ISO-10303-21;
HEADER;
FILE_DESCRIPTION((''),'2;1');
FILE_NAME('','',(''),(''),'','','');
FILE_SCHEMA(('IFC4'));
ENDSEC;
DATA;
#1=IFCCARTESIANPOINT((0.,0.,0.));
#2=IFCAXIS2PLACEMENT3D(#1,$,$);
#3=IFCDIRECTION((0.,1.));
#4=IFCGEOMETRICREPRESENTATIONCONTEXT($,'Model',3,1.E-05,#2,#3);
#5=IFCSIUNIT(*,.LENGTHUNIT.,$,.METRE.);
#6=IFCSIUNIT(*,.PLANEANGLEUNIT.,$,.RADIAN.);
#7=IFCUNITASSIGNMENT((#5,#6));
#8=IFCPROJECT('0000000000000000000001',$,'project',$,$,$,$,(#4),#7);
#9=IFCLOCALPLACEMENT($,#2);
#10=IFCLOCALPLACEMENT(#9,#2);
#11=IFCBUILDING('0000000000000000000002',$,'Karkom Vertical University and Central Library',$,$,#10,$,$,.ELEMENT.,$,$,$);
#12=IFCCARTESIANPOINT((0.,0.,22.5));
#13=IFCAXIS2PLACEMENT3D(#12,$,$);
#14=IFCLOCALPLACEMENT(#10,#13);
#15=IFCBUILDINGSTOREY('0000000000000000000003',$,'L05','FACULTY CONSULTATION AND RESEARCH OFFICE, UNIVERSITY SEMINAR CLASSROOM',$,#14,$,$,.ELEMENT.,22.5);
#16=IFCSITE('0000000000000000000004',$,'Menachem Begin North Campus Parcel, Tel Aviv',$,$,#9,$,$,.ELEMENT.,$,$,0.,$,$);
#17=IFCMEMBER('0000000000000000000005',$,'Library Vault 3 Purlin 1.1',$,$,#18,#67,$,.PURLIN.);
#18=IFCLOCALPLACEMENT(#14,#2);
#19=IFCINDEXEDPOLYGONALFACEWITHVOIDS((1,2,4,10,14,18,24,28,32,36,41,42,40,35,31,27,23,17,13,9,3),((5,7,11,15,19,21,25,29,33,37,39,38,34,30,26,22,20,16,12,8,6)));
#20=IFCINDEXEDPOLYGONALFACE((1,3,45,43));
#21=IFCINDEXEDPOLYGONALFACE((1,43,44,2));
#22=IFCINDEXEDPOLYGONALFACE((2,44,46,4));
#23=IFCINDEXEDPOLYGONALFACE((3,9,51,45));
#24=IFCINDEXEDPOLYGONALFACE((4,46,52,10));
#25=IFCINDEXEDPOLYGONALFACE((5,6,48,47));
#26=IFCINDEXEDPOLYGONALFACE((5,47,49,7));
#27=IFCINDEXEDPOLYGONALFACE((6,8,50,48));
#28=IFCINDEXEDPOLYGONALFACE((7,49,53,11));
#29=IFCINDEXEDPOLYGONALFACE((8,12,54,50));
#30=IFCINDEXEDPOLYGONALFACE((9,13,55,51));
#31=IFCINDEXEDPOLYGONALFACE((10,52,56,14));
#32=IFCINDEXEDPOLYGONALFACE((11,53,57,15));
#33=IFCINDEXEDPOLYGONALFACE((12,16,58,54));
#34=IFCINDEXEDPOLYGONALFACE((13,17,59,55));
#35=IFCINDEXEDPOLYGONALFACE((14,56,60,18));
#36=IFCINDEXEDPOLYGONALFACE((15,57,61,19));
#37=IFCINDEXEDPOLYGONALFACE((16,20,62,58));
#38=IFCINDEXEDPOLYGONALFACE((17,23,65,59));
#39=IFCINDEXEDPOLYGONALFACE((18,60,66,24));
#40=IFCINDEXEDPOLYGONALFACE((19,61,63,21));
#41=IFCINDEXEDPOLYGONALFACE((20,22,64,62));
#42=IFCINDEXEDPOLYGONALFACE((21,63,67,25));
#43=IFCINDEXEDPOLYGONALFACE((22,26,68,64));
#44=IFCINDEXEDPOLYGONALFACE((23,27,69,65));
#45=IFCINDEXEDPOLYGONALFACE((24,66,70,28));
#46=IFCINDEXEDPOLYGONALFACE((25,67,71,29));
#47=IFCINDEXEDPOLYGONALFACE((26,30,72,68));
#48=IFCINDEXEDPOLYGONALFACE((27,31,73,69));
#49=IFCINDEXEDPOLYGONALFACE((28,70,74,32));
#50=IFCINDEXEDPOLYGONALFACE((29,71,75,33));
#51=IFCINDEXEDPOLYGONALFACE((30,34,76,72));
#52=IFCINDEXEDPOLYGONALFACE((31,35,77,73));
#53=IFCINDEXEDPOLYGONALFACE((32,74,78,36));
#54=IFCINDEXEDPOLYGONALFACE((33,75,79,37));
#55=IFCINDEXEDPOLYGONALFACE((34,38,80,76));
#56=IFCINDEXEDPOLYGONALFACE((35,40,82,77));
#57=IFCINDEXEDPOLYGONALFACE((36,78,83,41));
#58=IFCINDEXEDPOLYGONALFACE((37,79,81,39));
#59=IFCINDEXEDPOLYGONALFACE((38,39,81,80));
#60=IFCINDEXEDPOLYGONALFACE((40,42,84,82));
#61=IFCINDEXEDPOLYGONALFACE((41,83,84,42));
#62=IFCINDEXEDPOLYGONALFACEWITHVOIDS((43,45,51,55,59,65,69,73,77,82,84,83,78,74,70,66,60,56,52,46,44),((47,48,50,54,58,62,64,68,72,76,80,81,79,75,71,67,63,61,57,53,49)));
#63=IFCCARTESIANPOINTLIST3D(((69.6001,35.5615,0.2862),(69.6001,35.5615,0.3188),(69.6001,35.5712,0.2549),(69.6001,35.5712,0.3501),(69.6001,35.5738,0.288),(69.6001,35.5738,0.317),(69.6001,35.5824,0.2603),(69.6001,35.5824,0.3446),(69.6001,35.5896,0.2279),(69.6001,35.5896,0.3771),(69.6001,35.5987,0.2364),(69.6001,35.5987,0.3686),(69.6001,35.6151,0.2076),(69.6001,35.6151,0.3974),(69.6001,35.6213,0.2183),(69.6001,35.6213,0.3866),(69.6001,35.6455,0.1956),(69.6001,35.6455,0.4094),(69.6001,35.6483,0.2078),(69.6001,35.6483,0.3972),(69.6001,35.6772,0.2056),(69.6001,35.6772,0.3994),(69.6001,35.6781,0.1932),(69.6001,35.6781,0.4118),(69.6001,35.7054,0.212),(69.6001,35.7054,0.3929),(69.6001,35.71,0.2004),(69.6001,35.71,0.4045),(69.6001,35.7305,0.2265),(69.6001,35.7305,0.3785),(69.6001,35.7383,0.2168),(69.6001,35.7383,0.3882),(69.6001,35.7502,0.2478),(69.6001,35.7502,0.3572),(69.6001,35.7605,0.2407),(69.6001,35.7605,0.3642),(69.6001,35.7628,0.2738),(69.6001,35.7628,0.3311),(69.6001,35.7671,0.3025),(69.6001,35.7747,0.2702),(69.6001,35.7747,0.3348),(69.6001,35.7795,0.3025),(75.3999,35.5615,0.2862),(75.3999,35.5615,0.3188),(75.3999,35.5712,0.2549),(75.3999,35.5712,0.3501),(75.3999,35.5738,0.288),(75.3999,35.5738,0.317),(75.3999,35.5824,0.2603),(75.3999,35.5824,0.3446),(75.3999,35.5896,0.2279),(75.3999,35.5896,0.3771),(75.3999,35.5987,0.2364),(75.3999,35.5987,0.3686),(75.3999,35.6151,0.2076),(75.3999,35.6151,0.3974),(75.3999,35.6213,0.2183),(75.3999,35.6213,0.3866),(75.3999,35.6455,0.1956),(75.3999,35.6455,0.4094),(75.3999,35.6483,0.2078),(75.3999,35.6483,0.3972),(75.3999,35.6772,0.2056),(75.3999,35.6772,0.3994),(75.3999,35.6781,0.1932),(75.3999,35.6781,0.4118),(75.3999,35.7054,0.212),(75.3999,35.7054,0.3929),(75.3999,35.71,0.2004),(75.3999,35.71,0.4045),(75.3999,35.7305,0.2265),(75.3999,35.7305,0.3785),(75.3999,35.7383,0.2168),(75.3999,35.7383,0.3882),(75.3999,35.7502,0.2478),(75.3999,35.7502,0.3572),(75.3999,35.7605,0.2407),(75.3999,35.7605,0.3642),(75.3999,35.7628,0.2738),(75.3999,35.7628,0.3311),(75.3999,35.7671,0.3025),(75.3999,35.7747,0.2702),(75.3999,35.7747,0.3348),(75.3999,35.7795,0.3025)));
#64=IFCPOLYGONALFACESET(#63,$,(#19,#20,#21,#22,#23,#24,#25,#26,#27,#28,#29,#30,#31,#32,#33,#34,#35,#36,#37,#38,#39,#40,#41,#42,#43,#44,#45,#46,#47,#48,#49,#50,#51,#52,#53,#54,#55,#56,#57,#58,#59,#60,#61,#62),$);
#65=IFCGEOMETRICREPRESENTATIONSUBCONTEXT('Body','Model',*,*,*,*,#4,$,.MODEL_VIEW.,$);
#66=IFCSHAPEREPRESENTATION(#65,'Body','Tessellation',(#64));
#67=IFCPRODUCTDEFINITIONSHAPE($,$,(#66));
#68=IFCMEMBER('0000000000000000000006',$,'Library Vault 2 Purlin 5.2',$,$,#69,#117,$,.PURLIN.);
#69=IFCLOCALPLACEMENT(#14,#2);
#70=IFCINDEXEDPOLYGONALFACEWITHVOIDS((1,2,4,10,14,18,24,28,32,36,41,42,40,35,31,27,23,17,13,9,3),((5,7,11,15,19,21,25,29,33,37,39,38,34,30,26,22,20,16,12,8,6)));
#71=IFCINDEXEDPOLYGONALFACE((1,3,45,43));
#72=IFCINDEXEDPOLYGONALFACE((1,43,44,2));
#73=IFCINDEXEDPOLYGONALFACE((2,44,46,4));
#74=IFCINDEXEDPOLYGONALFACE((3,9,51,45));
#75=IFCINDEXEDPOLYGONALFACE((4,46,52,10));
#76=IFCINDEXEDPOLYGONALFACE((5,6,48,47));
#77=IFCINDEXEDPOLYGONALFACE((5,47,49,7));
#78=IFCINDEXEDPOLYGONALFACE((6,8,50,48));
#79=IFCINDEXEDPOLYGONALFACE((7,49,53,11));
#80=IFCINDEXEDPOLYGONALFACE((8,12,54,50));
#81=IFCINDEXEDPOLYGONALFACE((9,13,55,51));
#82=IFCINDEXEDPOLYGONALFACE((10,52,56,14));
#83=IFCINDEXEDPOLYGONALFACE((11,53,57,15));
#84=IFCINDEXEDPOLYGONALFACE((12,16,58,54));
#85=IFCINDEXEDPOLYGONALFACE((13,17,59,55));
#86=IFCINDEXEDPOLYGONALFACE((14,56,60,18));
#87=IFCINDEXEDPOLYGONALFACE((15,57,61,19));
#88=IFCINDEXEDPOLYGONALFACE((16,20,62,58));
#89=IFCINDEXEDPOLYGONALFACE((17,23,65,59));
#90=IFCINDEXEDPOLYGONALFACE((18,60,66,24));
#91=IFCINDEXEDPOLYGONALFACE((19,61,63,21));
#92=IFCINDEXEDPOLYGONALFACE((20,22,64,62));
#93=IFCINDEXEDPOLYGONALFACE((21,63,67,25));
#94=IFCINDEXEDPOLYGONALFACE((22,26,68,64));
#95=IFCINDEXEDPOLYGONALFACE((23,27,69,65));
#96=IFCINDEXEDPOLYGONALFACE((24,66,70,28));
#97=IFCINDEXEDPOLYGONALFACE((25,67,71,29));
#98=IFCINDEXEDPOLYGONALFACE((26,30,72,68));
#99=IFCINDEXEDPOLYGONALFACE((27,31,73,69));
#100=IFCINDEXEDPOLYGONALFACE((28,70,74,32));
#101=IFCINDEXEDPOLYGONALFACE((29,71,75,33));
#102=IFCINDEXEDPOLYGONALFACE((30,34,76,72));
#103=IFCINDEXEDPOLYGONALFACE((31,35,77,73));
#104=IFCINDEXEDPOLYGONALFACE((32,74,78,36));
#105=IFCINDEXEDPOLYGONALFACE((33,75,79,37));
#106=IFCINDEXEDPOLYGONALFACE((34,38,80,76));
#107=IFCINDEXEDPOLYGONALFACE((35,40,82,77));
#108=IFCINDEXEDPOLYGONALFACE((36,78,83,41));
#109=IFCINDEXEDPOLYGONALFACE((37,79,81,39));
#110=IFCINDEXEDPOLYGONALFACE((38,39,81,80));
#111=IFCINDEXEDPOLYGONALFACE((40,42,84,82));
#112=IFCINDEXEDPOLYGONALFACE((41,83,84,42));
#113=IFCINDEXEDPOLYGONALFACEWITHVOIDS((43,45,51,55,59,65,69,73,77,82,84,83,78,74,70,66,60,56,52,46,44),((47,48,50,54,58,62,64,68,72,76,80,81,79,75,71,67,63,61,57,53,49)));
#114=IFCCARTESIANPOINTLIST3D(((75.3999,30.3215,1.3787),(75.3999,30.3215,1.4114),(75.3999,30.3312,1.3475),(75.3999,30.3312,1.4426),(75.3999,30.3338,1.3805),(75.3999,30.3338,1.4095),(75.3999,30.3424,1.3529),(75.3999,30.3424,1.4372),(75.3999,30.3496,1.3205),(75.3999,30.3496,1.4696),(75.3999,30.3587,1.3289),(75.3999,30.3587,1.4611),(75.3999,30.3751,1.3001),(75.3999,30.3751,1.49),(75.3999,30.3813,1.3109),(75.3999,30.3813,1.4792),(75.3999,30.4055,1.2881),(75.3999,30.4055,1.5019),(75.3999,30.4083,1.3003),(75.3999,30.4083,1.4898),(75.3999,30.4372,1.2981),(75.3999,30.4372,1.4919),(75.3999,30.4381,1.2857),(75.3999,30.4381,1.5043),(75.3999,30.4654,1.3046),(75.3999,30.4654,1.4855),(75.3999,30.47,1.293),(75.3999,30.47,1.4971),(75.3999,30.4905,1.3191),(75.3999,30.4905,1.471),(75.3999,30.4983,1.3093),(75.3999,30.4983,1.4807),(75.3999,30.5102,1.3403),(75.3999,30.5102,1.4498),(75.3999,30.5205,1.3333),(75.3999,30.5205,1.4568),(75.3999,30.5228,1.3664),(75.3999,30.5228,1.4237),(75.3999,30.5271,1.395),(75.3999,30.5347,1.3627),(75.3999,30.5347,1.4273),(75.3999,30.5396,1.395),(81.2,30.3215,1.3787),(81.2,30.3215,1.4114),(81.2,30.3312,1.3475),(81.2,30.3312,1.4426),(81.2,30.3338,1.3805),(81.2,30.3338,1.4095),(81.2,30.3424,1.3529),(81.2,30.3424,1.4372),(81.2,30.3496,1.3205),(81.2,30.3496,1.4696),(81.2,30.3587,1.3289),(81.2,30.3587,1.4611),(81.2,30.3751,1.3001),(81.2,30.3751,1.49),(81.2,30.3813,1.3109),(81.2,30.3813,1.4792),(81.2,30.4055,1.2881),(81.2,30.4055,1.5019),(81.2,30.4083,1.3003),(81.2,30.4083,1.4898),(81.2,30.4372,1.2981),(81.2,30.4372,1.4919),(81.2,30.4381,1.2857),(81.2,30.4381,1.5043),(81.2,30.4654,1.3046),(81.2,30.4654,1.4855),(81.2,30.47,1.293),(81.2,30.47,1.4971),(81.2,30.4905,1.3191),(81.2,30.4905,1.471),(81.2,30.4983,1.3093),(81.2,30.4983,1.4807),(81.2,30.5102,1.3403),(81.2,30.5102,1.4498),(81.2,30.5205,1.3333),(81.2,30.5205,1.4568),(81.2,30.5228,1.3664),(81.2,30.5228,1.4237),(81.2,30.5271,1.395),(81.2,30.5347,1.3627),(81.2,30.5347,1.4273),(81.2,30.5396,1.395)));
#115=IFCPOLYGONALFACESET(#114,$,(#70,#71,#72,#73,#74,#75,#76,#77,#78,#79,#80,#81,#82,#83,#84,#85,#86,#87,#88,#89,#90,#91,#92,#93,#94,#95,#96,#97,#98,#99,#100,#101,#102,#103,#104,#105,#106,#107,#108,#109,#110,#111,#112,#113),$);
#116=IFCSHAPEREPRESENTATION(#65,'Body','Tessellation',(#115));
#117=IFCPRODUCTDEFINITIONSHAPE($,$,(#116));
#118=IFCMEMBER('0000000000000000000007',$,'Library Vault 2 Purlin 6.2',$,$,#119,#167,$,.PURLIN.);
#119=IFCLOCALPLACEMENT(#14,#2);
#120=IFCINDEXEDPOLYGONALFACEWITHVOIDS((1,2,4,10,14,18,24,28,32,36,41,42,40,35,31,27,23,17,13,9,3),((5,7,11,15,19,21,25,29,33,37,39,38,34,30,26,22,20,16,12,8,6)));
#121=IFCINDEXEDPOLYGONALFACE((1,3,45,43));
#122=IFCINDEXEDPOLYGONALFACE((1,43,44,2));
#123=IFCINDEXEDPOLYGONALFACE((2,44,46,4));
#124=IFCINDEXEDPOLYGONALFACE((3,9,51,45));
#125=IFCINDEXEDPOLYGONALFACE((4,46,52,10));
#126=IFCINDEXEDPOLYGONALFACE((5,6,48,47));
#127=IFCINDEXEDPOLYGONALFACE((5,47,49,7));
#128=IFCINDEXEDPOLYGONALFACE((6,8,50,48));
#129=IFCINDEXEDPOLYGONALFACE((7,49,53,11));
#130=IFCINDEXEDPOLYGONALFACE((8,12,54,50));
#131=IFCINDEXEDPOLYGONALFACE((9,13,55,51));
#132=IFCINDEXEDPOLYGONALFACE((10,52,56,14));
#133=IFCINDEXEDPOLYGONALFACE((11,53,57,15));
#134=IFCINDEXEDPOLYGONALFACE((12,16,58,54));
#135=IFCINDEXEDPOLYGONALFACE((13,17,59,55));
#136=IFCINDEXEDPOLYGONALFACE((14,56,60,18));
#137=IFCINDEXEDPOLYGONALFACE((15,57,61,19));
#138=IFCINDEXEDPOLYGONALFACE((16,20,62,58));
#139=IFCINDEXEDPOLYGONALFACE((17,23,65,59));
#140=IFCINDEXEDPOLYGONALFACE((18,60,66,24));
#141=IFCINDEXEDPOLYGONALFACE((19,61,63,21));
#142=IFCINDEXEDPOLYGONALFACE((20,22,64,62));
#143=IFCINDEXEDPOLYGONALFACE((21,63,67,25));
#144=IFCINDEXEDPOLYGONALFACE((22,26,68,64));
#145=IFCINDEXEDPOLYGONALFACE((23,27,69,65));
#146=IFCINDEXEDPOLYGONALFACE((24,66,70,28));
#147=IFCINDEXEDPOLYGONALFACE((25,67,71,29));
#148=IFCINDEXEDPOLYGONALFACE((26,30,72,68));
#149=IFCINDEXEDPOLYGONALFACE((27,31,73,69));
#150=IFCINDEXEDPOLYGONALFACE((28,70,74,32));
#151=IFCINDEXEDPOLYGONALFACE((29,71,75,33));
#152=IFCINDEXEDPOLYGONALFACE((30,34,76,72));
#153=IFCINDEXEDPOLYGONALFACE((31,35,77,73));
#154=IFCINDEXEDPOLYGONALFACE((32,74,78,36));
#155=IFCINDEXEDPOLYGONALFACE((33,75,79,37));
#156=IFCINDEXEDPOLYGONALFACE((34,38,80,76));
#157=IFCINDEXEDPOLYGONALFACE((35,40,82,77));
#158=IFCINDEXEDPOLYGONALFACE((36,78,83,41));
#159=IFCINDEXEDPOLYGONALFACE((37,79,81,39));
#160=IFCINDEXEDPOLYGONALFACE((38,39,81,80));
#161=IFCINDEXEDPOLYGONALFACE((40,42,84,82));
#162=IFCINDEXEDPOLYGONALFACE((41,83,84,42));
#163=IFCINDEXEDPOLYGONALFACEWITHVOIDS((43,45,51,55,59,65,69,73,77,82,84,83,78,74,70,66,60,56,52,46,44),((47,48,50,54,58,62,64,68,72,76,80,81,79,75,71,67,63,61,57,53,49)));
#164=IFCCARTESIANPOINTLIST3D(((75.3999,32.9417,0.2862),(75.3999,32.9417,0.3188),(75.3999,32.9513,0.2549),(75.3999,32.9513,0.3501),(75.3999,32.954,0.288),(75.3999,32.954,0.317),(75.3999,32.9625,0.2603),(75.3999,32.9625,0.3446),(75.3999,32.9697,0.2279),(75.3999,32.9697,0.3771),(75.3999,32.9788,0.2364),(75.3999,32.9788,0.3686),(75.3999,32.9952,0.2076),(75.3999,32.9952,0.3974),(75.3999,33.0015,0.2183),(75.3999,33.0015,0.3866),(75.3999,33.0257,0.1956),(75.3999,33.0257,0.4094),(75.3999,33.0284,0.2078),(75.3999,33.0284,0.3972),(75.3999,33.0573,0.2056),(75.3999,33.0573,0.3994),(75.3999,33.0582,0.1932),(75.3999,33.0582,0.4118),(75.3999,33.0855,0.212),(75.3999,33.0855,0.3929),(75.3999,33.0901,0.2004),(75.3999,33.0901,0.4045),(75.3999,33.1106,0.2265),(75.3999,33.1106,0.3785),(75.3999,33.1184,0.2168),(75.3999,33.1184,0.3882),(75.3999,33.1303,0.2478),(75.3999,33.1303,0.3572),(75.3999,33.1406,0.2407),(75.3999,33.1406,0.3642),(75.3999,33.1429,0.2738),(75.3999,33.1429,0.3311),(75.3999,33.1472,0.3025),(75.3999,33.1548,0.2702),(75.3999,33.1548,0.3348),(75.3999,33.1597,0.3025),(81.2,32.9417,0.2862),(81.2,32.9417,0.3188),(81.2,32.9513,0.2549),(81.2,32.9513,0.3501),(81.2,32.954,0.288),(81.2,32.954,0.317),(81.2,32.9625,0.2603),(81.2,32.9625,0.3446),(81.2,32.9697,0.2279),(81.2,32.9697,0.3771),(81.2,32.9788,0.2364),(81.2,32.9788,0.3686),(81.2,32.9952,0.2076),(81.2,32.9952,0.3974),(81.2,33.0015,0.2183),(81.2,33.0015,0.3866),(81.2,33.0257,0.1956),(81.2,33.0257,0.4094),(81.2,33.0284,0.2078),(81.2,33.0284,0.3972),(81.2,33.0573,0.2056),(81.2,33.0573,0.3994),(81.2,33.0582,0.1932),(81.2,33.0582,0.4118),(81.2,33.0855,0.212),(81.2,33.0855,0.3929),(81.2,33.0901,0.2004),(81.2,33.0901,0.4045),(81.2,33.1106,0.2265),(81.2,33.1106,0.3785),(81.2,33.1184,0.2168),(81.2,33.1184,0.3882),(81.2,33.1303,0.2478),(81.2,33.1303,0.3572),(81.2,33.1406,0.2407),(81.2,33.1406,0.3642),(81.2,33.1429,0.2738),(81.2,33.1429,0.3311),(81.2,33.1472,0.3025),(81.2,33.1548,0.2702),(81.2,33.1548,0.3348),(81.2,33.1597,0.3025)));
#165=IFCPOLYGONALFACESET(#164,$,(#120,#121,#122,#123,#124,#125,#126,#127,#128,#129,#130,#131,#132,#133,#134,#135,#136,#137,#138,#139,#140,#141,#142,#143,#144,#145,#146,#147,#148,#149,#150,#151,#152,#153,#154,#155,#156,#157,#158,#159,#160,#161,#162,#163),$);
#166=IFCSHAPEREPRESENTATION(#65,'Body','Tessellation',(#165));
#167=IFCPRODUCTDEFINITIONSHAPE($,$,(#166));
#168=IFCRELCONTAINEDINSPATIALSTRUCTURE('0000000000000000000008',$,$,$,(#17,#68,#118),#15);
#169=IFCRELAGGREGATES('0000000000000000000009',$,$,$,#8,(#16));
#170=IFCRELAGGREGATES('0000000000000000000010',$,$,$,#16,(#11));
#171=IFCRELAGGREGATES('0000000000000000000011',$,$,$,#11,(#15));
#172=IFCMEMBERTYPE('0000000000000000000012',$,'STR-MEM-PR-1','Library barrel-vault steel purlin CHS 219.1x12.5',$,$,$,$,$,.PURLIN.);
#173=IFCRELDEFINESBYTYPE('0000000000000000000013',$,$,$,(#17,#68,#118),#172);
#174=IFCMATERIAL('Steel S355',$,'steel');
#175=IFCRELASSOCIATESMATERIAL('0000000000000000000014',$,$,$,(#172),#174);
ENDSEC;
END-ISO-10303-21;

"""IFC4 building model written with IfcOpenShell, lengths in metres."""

from ifc_helpers import new_model, si_unit, direction, frame, origin, origin_with_axes, origin_2d, place, context, subcontext, project, spatial, hollow_circle, extrude, source, transform, mapped, material, material_profile, profile_set, type_object, element, save


model = new_model("IFC4")

# Units and contexts
model_context = context("Model", 3, precision=1e-05, world=origin(), true_north=direction((0.0, 1.0)))
body_context = subcontext(model_context, "Body", "Model", "MODEL_VIEW")
ifc_project = project(units=[si_unit("LENGTHUNIT", "METRE"), si_unit("PLANEANGLEUNIT", "RADIAN")], contexts=[model_context])

# Site, building, storey
site_placement = place(None, origin())
site = spatial("IfcSite", under=ifc_project, at=site_placement, Name="Menachem Begin North Campus Parcel, Tel Aviv", CompositionType="ELEMENT", RefElevation=0.0)
building_placement = place(site_placement, origin())
building = spatial("IfcBuilding", under=site, at=building_placement, Name="Karkom Vertical University and Central Library", CompositionType="ELEMENT")
storey_placement = place(building_placement, frame((0.0, 0.0, 22.5)))
storey = spatial("IfcBuildingStorey", under=building, at=storey_placement, Name="L05", Description="FACULTY CONSULTATION AND RESEARCH OFFICE, UNIVERSITY SEMINAR CLASSROOM", CompositionType="ELEMENT", Elevation=22.5)

# Members
ifc_material_1 = material(Name="Steel S355", Category="steel")
ifc_material_profile_1 = material_profile(ifc_material_1, hollow_circle(Radius=0.1096, WallThickness=0.0125, at=origin_2d()), Name="CHS 219.1x12.5")
ifc_profile_set_1 = profile_set([ifc_material_profile_1], Name="Steel S355")
member_type_1 = type_object("IfcMemberType", Name="STR-MEM-PR-1", Description="Library barrel-vault steel purlin CHS 219.1x12.5", PredefinedType="PURLIN", material=ifc_profile_set_1)
shared_shape_1 = source(origin_with_axes(), body_context, "Body", "SweptSolid", [
    extrude(hollow_circle(Radius=0.1096, WallThickness=0.0125, at=origin_2d()), origin(), (0.0, 0.0, 1.0), 5.7998),
])
member_1_placement = place(storey_placement, frame((69.6001, 35.6699, 0.3025), z_axis=(1.0, 0.0, 0.0), x_axis=(0.0, 1.0, 0.0)))
element("IfcMember", 1, at=member_1_placement, inside=storey, type_object=member_type_1, Name="Library Vault 3 Purlin 1.1", PredefinedType="PURLIN", context=body_context, shape_type="MappedRepresentation", body=[
    mapped(shared_shape_1, transform((0.0, 0.0, 0.0), scale=1.0)),
])
shared_shape_2 = source(origin_with_axes(), body_context, "Body", "SweptSolid", [
    extrude(hollow_circle(Radius=0.1096, WallThickness=0.0125, at=origin_2d()), origin(), (0.0, 0.0, 1.0), 5.8),
])
for number, where, z_axis, x_axis, name in (
    (2, (75.3999, 30.4299, 1.395), (1.0, 0.0, 0.0), (0.0, 1.0, 0.0), "Library Vault 2 Purlin 5.2"),
    (3, (75.3999, 33.05, 0.3025), (1.0, 0.0, 0.0), (0.0, 1.0, 0.0), "Library Vault 2 Purlin 6.2"),
):
    element("IfcMember", number, at=place(storey_placement, frame(where, z_axis=z_axis, x_axis=x_axis)), inside=storey, type_object=member_type_1, Name=name, PredefinedType="PURLIN", context=body_context, shape_type="MappedRepresentation", body=[
        mapped(shared_shape_2, transform((0.0, 0.0, 0.0), scale=1.0)),
    ])

save(model, "model.ifc")
